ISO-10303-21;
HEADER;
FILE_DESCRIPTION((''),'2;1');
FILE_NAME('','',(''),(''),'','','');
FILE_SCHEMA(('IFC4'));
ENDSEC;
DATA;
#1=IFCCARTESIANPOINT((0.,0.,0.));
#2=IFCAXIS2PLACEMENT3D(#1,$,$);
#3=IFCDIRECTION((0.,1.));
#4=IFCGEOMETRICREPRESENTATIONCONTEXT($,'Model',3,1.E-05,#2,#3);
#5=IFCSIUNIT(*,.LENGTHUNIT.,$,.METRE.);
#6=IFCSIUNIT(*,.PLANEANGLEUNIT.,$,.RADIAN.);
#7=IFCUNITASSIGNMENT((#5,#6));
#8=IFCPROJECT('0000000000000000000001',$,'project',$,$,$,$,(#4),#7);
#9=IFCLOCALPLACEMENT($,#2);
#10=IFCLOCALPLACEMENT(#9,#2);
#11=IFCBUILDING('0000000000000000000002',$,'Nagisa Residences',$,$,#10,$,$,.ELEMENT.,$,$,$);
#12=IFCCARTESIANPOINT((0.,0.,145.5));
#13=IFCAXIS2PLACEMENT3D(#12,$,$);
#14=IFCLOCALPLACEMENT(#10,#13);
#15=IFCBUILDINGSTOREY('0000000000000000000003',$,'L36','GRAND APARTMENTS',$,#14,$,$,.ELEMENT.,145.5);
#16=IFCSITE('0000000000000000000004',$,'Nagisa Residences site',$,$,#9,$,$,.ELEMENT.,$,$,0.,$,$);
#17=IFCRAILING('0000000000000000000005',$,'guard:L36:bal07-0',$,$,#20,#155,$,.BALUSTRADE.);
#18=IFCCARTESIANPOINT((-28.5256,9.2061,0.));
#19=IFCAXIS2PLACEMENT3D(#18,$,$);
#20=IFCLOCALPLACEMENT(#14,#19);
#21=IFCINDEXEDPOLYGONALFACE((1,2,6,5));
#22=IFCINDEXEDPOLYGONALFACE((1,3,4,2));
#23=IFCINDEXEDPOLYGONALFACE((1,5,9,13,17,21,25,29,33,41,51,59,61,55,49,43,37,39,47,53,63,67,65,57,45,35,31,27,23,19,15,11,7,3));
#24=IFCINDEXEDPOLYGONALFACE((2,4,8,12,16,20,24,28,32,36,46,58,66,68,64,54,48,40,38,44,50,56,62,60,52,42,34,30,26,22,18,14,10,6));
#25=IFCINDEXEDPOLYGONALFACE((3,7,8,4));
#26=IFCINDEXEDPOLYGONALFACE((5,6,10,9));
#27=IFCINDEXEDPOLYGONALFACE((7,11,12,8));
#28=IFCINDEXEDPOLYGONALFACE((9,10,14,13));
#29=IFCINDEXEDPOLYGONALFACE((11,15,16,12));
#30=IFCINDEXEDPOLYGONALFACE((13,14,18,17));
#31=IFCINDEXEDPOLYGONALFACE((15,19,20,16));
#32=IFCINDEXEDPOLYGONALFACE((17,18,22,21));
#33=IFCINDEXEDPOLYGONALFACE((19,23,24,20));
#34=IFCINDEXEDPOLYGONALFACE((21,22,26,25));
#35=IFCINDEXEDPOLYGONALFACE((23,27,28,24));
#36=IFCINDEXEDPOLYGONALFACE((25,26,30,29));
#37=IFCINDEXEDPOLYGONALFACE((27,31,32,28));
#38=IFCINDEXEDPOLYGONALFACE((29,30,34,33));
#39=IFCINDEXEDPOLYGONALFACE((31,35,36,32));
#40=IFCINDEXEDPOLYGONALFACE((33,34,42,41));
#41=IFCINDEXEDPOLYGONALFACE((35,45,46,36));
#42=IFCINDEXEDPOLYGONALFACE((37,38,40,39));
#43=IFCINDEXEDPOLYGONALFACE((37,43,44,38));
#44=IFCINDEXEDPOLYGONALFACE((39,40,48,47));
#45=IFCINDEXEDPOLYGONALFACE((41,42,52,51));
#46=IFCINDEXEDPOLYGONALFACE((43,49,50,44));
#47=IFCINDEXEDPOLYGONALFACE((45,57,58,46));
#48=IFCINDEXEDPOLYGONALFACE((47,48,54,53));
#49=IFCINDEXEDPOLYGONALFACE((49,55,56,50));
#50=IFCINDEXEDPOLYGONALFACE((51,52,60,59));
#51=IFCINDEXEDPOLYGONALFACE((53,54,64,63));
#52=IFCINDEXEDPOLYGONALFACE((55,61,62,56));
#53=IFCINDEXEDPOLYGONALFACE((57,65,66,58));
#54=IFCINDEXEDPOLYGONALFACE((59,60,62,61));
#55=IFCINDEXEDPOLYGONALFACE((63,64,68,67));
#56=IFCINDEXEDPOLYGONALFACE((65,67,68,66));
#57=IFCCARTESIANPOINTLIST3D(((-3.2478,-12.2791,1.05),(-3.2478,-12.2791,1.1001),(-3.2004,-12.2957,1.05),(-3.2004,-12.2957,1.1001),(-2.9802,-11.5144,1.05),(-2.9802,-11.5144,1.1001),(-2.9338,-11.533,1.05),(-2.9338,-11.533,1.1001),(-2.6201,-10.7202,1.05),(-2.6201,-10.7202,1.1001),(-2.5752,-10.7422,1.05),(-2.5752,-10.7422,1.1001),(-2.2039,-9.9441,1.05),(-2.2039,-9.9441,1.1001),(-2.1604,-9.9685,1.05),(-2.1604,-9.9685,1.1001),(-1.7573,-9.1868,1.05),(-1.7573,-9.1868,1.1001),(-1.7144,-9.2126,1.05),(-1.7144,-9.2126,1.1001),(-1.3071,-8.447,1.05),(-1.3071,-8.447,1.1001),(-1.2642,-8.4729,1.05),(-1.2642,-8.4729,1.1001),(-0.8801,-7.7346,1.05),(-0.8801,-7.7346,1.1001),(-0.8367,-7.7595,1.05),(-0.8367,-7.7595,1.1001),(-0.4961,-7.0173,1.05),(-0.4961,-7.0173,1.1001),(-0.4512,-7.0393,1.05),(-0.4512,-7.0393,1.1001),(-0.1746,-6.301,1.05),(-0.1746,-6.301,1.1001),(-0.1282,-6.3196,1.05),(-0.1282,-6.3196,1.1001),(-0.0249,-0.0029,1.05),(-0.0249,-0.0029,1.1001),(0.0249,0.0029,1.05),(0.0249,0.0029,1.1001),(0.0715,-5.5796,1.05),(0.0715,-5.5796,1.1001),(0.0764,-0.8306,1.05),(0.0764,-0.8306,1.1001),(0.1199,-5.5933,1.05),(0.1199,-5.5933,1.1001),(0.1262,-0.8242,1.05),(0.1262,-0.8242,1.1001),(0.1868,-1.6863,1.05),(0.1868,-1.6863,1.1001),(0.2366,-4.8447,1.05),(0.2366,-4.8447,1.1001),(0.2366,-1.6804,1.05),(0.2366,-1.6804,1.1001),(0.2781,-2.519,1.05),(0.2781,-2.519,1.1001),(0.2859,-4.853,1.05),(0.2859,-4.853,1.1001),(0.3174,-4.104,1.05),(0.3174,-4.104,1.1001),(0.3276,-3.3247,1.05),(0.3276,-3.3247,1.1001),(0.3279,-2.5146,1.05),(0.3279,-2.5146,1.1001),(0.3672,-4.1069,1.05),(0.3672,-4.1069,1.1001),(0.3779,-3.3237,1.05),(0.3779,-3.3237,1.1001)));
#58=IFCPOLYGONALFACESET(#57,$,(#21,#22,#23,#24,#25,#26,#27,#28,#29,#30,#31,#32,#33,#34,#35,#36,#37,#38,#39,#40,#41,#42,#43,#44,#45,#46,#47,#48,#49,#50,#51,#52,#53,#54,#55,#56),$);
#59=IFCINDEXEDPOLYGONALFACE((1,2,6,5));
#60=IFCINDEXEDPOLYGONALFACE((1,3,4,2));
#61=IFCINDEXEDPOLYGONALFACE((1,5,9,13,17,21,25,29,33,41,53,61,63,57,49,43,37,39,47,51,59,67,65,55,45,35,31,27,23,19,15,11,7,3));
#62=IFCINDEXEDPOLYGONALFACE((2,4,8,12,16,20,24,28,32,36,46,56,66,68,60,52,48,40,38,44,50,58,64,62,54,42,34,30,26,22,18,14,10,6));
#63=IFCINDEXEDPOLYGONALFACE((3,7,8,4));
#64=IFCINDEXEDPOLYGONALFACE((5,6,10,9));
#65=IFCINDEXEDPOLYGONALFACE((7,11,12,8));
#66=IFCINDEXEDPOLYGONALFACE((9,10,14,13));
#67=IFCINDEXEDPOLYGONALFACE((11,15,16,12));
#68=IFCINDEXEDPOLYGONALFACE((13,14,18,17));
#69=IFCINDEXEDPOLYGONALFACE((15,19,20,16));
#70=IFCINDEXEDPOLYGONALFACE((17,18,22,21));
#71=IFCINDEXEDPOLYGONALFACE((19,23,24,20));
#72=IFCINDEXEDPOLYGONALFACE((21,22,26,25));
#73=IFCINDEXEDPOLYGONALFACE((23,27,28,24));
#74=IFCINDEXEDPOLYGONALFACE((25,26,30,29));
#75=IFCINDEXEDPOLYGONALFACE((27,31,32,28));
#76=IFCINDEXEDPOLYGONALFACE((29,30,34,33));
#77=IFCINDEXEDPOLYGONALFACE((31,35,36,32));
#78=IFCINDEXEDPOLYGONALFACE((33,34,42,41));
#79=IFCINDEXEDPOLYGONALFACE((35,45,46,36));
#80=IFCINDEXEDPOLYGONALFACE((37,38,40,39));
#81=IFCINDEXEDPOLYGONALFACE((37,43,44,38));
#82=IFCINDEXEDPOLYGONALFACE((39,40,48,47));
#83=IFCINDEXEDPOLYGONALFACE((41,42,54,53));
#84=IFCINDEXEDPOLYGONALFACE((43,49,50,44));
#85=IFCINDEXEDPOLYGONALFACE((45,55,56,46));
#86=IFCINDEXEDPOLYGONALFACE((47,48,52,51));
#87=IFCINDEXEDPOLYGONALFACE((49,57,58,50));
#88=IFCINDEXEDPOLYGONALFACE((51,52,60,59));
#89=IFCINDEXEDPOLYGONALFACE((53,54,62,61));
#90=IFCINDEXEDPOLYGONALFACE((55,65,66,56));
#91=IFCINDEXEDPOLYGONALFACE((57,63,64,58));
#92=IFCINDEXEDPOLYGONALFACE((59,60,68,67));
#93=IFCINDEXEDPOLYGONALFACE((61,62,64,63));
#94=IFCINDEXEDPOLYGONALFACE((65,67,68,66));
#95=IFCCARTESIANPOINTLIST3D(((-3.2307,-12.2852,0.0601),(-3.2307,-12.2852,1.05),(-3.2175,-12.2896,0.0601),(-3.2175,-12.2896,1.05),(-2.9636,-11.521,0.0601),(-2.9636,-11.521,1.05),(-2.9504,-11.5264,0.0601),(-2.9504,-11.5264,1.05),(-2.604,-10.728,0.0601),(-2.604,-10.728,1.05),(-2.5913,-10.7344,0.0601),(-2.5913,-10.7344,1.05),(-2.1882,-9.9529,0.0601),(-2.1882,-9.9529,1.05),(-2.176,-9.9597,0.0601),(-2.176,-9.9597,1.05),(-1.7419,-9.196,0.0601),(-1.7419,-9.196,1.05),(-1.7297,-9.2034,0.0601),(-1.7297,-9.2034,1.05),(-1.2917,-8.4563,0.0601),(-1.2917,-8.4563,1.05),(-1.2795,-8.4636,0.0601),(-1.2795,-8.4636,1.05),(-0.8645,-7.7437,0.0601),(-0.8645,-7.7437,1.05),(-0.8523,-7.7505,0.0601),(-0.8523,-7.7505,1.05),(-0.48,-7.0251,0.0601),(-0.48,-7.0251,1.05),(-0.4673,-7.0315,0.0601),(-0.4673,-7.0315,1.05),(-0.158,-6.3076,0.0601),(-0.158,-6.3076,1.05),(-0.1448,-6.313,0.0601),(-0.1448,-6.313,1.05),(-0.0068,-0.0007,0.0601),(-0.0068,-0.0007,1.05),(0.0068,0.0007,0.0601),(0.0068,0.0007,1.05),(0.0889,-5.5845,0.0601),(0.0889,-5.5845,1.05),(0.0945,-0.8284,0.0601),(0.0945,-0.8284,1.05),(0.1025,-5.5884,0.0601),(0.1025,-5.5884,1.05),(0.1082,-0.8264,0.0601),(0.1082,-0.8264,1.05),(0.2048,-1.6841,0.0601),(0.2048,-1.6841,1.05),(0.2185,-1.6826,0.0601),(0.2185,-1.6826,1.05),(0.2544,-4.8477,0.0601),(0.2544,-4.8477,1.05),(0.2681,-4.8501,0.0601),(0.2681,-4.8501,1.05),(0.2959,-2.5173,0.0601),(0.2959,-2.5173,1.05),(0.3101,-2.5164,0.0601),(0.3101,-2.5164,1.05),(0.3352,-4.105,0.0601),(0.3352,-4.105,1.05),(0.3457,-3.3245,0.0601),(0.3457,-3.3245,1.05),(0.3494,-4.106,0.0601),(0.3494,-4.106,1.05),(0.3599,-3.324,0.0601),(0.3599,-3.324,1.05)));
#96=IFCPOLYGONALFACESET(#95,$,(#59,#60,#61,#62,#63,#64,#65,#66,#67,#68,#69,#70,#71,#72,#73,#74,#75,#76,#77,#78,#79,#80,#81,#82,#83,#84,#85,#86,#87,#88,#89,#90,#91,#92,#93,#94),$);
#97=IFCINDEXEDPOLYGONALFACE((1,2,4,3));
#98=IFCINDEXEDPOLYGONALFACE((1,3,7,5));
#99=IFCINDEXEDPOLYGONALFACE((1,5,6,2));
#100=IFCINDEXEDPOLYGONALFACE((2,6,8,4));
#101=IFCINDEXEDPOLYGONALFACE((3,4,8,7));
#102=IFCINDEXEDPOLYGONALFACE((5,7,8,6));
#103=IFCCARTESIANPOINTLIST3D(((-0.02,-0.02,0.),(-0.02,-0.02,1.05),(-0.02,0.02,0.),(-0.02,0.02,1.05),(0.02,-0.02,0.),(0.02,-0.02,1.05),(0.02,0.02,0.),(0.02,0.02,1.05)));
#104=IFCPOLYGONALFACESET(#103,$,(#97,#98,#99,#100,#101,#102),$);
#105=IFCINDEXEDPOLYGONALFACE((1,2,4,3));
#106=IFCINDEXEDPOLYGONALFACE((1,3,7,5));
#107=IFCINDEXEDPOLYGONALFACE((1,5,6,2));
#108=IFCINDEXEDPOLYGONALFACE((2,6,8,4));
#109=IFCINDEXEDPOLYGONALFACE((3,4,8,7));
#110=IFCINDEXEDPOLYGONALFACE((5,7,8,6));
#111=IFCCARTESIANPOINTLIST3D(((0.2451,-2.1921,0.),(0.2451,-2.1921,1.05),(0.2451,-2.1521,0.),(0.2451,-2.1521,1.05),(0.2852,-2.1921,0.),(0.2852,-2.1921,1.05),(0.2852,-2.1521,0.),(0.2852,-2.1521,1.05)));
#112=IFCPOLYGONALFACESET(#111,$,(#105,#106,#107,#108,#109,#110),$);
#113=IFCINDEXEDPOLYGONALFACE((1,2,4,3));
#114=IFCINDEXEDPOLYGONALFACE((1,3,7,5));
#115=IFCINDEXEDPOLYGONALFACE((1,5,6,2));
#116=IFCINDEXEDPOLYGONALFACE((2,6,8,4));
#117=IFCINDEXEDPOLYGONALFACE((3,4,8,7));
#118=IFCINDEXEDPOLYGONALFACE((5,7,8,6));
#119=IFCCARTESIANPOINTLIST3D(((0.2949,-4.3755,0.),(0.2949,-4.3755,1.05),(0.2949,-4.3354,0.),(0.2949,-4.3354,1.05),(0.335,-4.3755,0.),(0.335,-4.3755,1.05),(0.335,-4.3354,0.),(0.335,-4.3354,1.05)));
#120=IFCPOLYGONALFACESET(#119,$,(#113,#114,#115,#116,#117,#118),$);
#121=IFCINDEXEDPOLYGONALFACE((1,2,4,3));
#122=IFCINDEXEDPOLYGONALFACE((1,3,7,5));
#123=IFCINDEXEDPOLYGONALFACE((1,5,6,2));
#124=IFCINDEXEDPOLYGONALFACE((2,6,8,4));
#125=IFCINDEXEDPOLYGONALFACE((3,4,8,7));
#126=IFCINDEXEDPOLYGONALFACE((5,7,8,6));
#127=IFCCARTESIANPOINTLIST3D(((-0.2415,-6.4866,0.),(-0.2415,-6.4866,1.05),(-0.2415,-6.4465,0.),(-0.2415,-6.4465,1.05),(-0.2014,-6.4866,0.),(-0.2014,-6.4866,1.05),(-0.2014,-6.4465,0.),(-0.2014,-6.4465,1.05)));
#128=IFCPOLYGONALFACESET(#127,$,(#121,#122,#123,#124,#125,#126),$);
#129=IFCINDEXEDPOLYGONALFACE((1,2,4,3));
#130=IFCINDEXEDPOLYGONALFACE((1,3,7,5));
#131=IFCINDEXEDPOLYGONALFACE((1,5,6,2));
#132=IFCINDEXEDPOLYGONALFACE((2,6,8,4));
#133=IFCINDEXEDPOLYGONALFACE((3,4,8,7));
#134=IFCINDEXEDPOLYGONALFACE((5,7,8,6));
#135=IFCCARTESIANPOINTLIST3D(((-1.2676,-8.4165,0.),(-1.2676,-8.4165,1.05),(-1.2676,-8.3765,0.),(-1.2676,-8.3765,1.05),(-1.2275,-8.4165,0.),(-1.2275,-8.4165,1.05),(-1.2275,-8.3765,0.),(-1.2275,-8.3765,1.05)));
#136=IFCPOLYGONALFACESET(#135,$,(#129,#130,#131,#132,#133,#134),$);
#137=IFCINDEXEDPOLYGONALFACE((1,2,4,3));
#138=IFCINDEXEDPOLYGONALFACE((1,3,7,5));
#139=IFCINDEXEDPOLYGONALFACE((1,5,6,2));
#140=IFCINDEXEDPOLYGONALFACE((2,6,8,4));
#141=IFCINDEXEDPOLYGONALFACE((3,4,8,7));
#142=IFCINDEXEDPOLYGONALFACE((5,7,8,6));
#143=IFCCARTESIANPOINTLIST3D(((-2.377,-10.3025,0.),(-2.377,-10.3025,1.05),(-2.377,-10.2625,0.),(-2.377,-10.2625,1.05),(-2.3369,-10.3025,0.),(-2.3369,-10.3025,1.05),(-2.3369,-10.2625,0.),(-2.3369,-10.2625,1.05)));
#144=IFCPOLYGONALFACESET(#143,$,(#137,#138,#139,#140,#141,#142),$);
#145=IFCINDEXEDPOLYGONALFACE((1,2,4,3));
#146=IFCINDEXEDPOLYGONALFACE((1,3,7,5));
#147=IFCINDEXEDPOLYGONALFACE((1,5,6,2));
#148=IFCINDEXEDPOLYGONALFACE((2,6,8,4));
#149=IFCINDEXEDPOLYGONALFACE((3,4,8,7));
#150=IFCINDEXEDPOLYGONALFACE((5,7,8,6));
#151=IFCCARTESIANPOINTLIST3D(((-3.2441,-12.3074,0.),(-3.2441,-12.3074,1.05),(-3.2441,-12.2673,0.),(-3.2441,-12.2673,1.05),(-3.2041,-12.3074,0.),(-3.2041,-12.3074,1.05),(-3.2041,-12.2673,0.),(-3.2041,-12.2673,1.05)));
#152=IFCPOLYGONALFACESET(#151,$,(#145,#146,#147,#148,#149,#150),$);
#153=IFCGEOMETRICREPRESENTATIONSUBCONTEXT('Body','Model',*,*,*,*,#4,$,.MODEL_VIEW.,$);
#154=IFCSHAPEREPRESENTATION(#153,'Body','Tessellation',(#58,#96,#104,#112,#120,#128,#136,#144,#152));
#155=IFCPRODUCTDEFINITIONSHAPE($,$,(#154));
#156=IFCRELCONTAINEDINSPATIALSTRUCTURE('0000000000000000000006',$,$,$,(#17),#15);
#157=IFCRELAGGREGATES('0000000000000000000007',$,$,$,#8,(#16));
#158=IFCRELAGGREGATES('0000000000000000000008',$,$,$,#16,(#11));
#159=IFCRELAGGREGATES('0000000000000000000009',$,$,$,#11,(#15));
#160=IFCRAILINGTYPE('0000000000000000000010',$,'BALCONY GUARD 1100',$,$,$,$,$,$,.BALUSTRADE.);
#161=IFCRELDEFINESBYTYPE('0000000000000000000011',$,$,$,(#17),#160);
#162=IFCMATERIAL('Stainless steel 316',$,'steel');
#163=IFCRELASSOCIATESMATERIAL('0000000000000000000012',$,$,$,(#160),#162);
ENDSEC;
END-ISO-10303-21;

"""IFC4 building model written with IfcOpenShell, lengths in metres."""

from ifc_helpers import new_model, si_unit, direction, frame, origin, origin_2d, place, context, subcontext, project, spatial, polyline, rectangle, outline, extrude, material, type_object, element, save


model = new_model("IFC4")

# Units and contexts
model_context = context("Model", 3, precision=1e-05, world=origin(), true_north=direction((0.0, 1.0)))
body_context = subcontext(model_context, "Body", "Model", "MODEL_VIEW")
ifc_project = project(units=[si_unit("LENGTHUNIT", "METRE"), si_unit("PLANEANGLEUNIT", "RADIAN")], contexts=[model_context])

# Site, building, storey
site_placement = place(None, origin())
site = spatial("IfcSite", under=ifc_project, at=site_placement, Name="Nagisa Residences site", CompositionType="ELEMENT", RefElevation=0.0)
building_placement = place(site_placement, origin())
building = spatial("IfcBuilding", under=site, at=building_placement, Name="Nagisa Residences", CompositionType="ELEMENT")
storey_placement = place(building_placement, frame((0.0, 0.0, 145.5)))
storey = spatial("IfcBuildingStorey", under=building, at=storey_placement, Name="L36", Description="GRAND APARTMENTS", CompositionType="ELEMENT", Elevation=145.5)

# Railing
ifc_material_1 = material(Name="Stainless steel 316", Category="steel")
railing_type = type_object("IfcRailingType", Name="BALCONY GUARD 1100", PredefinedType="BALUSTRADE", material=ifc_material_1)
railing_placement = place(storey_placement, frame((-28.5256, 9.2061, 0.0)))
element("IfcRailing", 1, at=railing_placement, inside=storey, type_object=railing_type, Name="guard:L36:bal07-0", PredefinedType="BALUSTRADE", context=body_context, shape_type="SweptSolid", body=[
    extrude(outline(polyline([(0.1262, -0.8242), (0.0249, 0.0029), (-0.0249, -0.0029), (0.0764, -0.8306), (0.1868, -1.6863), (0.2781, -2.519), (0.3276, -3.3247), (0.3174, -4.104), (0.2366, -4.8447), (0.0715, -5.5796), (-0.1746, -6.301), (-0.4961, -7.0173), (-0.8801, -7.7346), (-1.3071, -8.447), (-1.7573, -9.1868), (-2.2039, -9.9441), (-2.6201, -10.7202), (-2.9802, -11.5144), (-3.2478, -12.2791), (-3.2004, -12.2957), (-2.9338, -11.533), (-2.5752, -10.7422), (-2.1604, -9.9685), (-1.7144, -9.2126), (-1.2642, -8.4729), (-0.8367, -7.7595), (-0.4512, -7.0393), (-0.1282, -6.3196), (0.1199, -5.5933), (0.2859, -4.853), (0.3672, -4.1069), (0.3779, -3.3237), (0.3279, -2.5146), (0.2366, -1.6804), (0.1262, -0.8242)])), frame((0.0, 0.0, 1.05)), (0.0, 0.0, 1.0), 0.05),
    extrude(outline(polyline([(0.1082, -0.8264), (0.0068, 0.0007), (-0.0068, -0.0007), (0.0945, -0.8284), (0.2048, -1.6841), (0.2959, -2.5173), (0.3457, -3.3245), (0.3352, -4.105), (0.2544, -4.8477), (0.0889, -5.5845), (-0.158, -6.3076), (-0.48, -7.0251), (-0.8645, -7.7437), (-1.2917, -8.4563), (-1.7419, -9.196), (-2.1882, -9.9529), (-2.604, -10.728), (-2.9636, -11.521), (-3.2307, -12.2852), (-3.2175, -12.2896), (-2.9504, -11.5264), (-2.5913, -10.7344), (-2.176, -9.9597), (-1.7297, -9.2034), (-1.2795, -8.4636), (-0.8523, -7.7505), (-0.4673, -7.0315), (-0.1448, -6.313), (0.1025, -5.5884), (0.2681, -4.8501), (0.3494, -4.106), (0.3599, -3.324), (0.3101, -2.5164), (0.2185, -1.6826), (0.1082, -0.8264)])), frame((0.0, 0.0, 0.0601)), (0.0, 0.0, 1.0), 0.99),
    extrude(rectangle(XDim=0.04, YDim=0.04, at=origin_2d()), origin(), (0.0, 0.0, 1.0), 1.05),
    extrude(rectangle(XDim=0.04, YDim=0.04, at=origin_2d()), frame((0.2651, -2.1721, 0.0)), (0.0, 0.0, 1.0), 1.05),
    extrude(rectangle(XDim=0.04, YDim=0.04, at=origin_2d()), frame((0.3149, -4.3555, 0.0)), (0.0, 0.0, 1.0), 1.05),
    extrude(rectangle(XDim=0.04, YDim=0.04, at=origin_2d()), frame((-0.2214, -6.4666, 0.0)), (0.0, 0.0, 1.0), 1.05),
    extrude(rectangle(XDim=0.04, YDim=0.04, at=origin_2d()), frame((-1.2476, -8.3965, 0.0)), (0.0, 0.0, 1.0), 1.05),
    extrude(rectangle(XDim=0.04, YDim=0.04, at=origin_2d()), frame((-2.3569, -10.2825, 0.0)), (0.0, 0.0, 1.0), 1.05),
    extrude(rectangle(XDim=0.04, YDim=0.04, at=origin_2d()), frame((-3.2241, -12.2874, 0.0)), (0.0, 0.0, 1.0), 1.05),
])

save(model, "model.ifc")
